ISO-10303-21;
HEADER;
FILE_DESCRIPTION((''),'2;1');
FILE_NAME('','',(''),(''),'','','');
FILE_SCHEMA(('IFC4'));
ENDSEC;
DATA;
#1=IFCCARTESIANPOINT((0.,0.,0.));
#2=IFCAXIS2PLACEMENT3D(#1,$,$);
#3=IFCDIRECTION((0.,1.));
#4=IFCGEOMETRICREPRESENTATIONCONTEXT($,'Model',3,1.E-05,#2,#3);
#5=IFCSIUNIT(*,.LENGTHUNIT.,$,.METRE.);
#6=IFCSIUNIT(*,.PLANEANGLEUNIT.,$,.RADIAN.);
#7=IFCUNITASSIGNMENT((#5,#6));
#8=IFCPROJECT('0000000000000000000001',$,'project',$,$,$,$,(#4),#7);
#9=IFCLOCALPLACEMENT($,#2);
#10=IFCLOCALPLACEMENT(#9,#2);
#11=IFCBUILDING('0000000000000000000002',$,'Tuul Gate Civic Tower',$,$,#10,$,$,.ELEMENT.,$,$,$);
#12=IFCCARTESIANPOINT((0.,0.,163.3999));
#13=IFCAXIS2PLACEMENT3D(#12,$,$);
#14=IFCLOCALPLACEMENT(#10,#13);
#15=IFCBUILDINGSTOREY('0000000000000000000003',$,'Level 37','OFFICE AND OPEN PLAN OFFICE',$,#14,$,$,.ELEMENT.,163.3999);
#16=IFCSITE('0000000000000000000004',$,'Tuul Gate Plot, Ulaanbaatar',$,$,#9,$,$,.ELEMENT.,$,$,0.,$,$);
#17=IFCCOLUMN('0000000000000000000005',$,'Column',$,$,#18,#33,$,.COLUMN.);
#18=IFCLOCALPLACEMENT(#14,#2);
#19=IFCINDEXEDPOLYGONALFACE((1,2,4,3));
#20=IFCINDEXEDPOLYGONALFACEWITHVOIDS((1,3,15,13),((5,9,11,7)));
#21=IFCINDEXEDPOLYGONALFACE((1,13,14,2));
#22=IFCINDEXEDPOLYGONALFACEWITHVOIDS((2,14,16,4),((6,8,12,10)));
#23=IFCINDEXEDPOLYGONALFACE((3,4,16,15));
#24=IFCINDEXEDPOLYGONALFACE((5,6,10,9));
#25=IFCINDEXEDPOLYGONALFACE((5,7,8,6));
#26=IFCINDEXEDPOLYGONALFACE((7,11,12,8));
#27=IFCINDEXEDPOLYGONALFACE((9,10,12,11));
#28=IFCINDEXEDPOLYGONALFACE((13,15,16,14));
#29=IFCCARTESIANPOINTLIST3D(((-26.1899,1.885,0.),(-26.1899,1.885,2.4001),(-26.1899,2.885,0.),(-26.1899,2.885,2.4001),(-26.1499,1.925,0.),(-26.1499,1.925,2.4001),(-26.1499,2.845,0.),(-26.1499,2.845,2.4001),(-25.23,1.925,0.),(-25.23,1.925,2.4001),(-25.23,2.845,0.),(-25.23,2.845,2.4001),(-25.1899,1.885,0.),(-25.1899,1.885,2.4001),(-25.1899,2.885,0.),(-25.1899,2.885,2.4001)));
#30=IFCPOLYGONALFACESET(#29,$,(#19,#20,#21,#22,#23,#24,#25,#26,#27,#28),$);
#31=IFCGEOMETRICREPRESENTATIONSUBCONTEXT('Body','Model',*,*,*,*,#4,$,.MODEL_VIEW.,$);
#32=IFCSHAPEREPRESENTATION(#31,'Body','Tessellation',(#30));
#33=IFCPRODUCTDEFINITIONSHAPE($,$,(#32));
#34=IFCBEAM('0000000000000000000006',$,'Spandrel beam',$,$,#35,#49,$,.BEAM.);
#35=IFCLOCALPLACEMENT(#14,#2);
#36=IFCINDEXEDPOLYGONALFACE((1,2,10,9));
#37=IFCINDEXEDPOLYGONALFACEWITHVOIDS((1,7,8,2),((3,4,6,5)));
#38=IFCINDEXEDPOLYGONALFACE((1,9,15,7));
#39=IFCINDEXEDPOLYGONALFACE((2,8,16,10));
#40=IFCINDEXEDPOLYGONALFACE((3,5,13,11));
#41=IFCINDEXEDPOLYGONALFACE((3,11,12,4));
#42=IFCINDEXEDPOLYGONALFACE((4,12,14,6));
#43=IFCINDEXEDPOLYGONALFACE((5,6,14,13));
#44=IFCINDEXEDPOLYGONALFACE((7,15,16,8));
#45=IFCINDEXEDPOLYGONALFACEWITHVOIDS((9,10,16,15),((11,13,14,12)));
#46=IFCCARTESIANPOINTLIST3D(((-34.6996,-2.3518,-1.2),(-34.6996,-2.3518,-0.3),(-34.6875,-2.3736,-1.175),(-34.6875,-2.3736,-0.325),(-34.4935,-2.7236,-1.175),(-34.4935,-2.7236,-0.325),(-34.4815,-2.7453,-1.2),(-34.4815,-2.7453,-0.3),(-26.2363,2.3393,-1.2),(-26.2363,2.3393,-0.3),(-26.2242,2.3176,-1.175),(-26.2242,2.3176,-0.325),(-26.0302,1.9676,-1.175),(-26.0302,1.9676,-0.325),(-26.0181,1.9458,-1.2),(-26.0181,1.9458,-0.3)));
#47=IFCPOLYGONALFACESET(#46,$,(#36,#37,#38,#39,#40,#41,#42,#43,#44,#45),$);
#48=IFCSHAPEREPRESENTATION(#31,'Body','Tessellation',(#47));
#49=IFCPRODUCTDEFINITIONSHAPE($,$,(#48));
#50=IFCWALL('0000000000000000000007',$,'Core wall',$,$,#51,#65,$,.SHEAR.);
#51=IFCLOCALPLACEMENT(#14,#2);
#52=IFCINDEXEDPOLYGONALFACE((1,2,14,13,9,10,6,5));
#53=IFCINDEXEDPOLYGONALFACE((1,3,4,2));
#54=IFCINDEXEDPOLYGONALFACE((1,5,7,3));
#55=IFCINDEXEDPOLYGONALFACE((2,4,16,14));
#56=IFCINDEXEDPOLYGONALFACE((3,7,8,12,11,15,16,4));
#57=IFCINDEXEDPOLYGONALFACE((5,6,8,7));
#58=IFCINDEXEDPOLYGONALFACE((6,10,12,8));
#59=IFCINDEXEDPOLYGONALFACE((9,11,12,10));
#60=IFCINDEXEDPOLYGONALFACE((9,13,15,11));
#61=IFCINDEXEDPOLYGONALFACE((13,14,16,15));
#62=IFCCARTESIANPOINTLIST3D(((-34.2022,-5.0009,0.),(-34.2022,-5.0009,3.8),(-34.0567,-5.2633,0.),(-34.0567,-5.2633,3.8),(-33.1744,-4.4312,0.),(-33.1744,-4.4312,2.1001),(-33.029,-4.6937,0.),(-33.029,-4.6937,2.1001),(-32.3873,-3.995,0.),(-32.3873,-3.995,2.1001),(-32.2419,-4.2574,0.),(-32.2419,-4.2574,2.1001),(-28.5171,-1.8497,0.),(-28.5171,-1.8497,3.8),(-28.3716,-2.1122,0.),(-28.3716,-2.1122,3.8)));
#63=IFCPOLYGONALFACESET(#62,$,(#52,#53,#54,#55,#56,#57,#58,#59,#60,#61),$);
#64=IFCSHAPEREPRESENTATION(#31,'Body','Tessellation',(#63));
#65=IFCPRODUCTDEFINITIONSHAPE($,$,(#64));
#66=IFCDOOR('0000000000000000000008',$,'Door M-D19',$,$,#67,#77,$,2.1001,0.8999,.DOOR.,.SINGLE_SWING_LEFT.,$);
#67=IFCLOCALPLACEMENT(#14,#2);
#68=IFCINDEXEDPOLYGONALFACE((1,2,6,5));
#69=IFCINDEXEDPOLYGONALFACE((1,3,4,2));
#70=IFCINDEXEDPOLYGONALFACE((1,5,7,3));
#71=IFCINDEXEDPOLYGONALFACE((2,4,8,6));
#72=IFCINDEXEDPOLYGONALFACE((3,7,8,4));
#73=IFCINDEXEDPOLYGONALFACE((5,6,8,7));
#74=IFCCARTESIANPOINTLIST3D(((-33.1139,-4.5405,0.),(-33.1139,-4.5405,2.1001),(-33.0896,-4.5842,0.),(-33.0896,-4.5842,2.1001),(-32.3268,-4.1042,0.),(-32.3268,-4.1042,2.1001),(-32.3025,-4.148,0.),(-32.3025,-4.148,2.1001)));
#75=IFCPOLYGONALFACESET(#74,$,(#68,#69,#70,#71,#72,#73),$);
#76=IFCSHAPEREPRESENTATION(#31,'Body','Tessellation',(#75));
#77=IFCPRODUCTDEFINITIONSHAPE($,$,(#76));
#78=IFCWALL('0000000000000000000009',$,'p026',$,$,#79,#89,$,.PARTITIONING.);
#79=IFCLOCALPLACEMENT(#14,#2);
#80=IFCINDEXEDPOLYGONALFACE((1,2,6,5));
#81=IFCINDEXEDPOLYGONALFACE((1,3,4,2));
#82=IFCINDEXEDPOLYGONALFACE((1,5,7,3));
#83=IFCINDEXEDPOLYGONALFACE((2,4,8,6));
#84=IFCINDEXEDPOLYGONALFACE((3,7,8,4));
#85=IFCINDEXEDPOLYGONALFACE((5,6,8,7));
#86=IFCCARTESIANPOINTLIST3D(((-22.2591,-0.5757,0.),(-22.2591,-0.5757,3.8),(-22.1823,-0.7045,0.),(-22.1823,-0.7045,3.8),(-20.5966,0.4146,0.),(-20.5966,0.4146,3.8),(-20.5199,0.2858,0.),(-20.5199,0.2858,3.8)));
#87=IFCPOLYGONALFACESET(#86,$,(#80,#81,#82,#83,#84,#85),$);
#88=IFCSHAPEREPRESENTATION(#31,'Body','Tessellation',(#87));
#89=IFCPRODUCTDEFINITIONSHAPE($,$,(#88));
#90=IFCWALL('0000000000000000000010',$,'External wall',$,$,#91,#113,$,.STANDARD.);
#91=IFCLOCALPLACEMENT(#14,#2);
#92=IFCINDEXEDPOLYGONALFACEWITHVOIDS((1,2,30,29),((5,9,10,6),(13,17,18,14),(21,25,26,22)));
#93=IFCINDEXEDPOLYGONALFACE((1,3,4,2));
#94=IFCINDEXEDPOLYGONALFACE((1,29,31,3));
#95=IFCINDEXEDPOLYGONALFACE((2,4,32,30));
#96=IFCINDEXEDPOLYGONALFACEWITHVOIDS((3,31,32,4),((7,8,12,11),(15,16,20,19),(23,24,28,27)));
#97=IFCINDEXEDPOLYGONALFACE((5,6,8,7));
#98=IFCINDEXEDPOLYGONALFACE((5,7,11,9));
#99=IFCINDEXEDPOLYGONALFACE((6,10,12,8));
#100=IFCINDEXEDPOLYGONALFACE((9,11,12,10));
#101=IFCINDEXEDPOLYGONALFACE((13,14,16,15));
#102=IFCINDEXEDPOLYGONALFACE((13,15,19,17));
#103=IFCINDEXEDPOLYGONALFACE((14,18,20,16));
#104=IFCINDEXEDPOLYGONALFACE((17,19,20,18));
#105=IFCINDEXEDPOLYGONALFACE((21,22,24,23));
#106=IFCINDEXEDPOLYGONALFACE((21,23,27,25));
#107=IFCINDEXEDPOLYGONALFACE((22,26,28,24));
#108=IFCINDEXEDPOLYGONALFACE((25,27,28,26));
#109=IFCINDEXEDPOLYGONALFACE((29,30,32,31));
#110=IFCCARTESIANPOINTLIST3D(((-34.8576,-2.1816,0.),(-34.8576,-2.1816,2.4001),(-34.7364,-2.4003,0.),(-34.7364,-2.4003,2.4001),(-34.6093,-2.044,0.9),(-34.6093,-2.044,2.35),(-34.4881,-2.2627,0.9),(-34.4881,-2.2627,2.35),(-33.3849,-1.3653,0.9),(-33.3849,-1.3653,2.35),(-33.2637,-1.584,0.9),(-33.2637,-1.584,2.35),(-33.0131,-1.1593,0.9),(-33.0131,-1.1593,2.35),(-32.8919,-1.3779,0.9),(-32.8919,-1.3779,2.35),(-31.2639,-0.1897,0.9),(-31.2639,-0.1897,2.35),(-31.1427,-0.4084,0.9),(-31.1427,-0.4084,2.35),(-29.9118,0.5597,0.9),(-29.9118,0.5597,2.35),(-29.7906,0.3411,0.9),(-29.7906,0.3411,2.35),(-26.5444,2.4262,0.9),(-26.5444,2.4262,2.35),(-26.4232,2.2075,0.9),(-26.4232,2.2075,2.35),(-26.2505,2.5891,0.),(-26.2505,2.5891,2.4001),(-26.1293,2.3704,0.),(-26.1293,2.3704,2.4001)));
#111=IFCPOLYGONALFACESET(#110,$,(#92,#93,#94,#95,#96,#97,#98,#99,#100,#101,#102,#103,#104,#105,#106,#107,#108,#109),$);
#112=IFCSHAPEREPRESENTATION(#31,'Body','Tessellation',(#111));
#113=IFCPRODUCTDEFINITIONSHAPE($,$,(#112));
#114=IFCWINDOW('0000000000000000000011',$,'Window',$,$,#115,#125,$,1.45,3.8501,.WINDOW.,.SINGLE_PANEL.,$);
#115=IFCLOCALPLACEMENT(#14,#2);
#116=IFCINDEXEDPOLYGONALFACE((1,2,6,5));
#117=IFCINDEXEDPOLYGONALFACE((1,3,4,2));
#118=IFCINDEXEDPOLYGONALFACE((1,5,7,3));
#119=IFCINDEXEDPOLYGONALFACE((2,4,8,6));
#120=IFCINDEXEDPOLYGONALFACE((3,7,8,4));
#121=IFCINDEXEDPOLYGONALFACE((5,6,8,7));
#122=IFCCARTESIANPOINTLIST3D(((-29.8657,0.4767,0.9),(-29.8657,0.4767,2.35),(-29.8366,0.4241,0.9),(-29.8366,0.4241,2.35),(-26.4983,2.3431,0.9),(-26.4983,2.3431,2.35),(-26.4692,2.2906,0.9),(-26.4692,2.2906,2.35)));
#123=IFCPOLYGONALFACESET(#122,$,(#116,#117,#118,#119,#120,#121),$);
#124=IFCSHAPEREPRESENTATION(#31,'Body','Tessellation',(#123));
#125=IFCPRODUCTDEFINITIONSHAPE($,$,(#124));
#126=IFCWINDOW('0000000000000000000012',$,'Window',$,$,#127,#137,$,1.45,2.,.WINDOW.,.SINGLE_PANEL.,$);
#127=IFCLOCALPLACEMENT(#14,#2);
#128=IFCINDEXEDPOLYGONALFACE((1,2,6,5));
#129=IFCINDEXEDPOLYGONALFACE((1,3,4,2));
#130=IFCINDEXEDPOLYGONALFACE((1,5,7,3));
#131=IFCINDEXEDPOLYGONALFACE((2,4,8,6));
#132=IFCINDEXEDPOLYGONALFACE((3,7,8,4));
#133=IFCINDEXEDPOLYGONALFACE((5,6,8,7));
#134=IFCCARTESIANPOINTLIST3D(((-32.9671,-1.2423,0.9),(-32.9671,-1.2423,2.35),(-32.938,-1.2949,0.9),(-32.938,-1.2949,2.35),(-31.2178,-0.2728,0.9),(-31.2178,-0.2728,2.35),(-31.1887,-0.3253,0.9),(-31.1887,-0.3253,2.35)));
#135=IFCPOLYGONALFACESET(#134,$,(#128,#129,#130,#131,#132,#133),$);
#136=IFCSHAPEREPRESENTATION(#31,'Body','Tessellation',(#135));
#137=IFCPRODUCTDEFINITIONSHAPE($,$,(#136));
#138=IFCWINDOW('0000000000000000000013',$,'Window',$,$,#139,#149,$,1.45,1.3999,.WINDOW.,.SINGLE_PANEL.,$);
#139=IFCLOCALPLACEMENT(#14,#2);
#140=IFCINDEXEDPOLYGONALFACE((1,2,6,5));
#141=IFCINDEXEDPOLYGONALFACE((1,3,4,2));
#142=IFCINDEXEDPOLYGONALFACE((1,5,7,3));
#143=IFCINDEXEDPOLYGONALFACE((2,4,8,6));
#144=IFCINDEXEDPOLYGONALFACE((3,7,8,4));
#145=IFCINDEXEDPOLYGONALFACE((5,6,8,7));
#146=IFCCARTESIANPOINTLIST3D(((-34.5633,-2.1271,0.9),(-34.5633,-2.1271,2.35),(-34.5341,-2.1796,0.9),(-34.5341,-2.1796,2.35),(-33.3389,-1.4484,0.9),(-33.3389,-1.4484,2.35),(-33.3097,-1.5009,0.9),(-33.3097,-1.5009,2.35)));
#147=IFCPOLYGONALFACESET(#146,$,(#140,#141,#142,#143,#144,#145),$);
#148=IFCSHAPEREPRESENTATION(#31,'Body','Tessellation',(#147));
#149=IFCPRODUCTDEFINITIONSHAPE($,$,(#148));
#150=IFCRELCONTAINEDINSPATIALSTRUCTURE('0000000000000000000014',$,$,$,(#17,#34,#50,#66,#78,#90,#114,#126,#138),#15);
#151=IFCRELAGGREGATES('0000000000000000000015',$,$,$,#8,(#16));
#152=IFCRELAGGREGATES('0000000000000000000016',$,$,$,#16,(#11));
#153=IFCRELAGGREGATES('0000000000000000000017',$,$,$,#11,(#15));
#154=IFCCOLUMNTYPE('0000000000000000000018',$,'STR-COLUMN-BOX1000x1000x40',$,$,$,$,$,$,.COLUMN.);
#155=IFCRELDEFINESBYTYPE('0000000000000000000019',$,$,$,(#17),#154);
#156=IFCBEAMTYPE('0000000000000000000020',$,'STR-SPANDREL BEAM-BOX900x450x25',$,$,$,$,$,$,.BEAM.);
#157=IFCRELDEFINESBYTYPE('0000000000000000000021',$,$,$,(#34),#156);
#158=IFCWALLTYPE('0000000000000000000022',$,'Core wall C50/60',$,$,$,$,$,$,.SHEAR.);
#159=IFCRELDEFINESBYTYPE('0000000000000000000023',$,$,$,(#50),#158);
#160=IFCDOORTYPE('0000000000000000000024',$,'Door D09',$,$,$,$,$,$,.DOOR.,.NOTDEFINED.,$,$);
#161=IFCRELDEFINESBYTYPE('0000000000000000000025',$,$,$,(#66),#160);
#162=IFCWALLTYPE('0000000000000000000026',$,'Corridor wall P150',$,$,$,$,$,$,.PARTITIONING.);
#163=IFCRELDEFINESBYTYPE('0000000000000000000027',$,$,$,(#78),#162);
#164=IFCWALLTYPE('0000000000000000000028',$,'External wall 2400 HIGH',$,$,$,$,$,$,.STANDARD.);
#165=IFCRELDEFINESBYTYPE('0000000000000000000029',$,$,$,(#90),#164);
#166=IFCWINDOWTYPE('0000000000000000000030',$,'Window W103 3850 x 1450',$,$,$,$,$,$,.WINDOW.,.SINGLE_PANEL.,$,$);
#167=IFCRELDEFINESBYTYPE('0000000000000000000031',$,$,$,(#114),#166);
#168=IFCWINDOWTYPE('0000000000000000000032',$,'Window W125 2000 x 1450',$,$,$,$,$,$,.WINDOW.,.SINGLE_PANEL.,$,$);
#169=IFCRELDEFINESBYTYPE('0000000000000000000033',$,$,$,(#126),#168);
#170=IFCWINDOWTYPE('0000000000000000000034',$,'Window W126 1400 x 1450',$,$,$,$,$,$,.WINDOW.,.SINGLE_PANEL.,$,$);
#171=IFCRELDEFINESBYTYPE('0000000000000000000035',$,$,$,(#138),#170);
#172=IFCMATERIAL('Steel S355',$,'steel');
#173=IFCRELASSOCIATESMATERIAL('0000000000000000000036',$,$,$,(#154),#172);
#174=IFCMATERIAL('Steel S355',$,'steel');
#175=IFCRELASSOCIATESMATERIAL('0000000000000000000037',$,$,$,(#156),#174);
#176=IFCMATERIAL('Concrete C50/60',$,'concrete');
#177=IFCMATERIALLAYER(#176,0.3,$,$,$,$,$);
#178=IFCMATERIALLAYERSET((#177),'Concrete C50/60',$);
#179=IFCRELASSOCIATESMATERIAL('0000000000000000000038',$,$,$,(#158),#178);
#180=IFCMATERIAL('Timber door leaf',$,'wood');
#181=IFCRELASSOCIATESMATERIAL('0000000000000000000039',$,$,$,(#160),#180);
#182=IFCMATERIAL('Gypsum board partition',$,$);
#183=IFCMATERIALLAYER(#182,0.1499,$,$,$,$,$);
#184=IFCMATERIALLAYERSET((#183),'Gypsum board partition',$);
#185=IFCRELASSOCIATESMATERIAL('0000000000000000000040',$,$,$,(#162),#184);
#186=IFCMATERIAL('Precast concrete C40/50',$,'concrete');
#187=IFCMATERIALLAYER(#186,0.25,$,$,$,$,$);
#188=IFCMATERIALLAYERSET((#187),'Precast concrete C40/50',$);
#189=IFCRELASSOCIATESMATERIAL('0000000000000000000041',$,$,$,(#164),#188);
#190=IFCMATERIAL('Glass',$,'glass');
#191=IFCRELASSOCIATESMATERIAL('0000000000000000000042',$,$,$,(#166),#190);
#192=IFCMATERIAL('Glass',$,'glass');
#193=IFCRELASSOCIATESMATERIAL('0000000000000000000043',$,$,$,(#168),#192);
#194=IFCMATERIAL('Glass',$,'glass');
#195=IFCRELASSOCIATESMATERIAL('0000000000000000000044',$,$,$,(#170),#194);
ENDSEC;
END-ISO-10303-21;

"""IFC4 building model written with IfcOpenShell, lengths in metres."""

from ifc_helpers import new_model, si_unit, direction, frame, frame_2d, origin, origin_2d, place, context, subcontext, project, spatial, rectangle, hollow_rectangle, extrude, material, layer, layer_set, material_profile, profile_set, type_object, element, fill, save


model = new_model("IFC4")

# Units and contexts
model_context = context("Model", 3, precision=1e-05, world=origin(), true_north=direction((0.0, 1.0)))
body_context = subcontext(model_context, "Body", "Model", "MODEL_VIEW")
ifc_project = project(units=[si_unit("LENGTHUNIT", "METRE"), si_unit("PLANEANGLEUNIT", "RADIAN")], contexts=[model_context])

# Site, building, storey
site_placement = place(None, origin())
site = spatial("IfcSite", under=ifc_project, at=site_placement, Name="Tuul Gate Plot, Ulaanbaatar", CompositionType="ELEMENT", RefElevation=0.0)
building_placement = place(site_placement, origin())
building = spatial("IfcBuilding", under=site, at=building_placement, Name="Tuul Gate Civic Tower", CompositionType="ELEMENT")
storey_placement = place(building_placement, frame((0.0, 0.0, 163.3999)))
storey = spatial("IfcBuildingStorey", under=building, at=storey_placement, Name="Level 37", Description="OFFICE AND OPEN PLAN OFFICE", CompositionType="ELEMENT", Elevation=163.3999)

# Column
ifc_material_1 = material(Name="Steel S355", Category="steel")
ifc_material_profile_1 = material_profile(ifc_material_1, hollow_rectangle(XDim=1.0, YDim=1.0, WallThickness=0.04, at=origin_2d()), Name="BOX1000x1000x40")
ifc_profile_set_1 = profile_set([ifc_material_profile_1], Name="Steel S355")
column_type = type_object("IfcColumnType", Name="STR-COLUMN-BOX1000x1000x40", PredefinedType="COLUMN", material=ifc_profile_set_1)
column_placement = place(storey_placement, frame((-25.6899, 2.385, 0.0), z_axis=(0.0, 0.0, 1.0), x_axis=(1.0, 0.0, 0.0)))
element("IfcColumn", 1, at=column_placement, inside=storey, type_object=column_type, Name="Column", PredefinedType="COLUMN", context=body_context, shape_type="SweptSolid", body=[
    extrude(hollow_rectangle(XDim=1.0, YDim=1.0, WallThickness=0.04, at=origin_2d()), origin(), (0.0, 0.0, 1.0), 2.4001),
])

# Beam
ifc_material_2 = material(Name="Steel S355", Category="steel")
ifc_material_profile_2 = material_profile(ifc_material_2, hollow_rectangle(XDim=0.45, YDim=0.8999, WallThickness=0.0249, at=origin_2d()), Name="BOX900x450x25")
ifc_profile_set_2 = profile_set([ifc_material_profile_2], Name="Steel S355")
beam_type = type_object("IfcBeamType", Name="STR-SPANDREL BEAM-BOX900x450x25", PredefinedType="BEAM", material=ifc_profile_set_2)
beam_placement = place(storey_placement, frame((-26.1272, 2.1426, -0.75), z_axis=(-0.874627, -0.484797, 0.0), x_axis=(0.484797, -0.874627, 0.0)))
element("IfcBeam", 2, at=beam_placement, inside=storey, type_object=beam_type, Name="Spandrel beam", PredefinedType="BEAM", context=body_context, shape_type="SweptSolid", body=[
    extrude(hollow_rectangle(XDim=0.45, YDim=0.8999, WallThickness=0.0249, at=origin_2d()), origin(), (0.0, 0.0, 1.0), 9.6765),
])

# Wall, opening, door
ifc_material_3 = material(Name="Concrete C50/60", Category="concrete")
ifc_layer_1 = layer(ifc_material_3, 0.3)
ifc_layer_set_1 = layer_set([ifc_layer_1], Name="Concrete C50/60")
wall_type_1 = type_object("IfcWallType", Name="Core wall C50/60", PredefinedType="SHEAR", material=ifc_layer_set_1)
wall_1_placement = place(storey_placement, frame((-28.4443, -1.981, 0.0), z_axis=(0.0, 0.0, 1.0), x_axis=(-0.87463, -0.484791, 0.0)))
wall_1 = element("IfcWall", 3, at=wall_1_placement, inside=storey, type_object=wall_type_1, Name="Core wall", PredefinedType="SHEAR", context=body_context, shape_type="SweptSolid", body=[
    extrude(rectangle(XDim=6.5, YDim=0.3, at=frame_2d((3.25, 0.0))), origin(), (0.0, 0.0, 1.0), 3.8),
])
opening_1_placement = place(wall_1_placement, frame((4.425, 0.0, 0.0)))
opening_1 = element("IfcOpeningElement", 4, at=opening_1_placement, cuts=wall_1, PredefinedType="OPENING", context=body_context, shape_type="SweptSolid", body=[
    extrude(rectangle(XDim=0.8999, YDim=2.1001, at=frame_2d((0.45, 1.05))), frame((0.0, 0.1602, 0.0), z_axis=(0.0, -1.0, 0.0), x_axis=(1.0, 0.0, 0.0)), (0.0, 0.0, 1.0), 0.3201),
])
ifc_material_4 = material(Name="Timber door leaf", Category="wood")
door_type_1 = type_object("IfcDoorType", Name="Door D09", OperationType="NOTDEFINED", PredefinedType="DOOR", material=ifc_material_4)
door_1_placement = place(opening_1_placement, origin())
door_1 = element("IfcDoor", 5, at=door_1_placement, inside=storey, type_object=door_type_1, Name="Door M-D19", OperationType="SINGLE_SWING_LEFT", OverallHeight=2.1001, OverallWidth=0.8999, PredefinedType="DOOR", context=body_context, shape_type="SweptSolid", body=[
    extrude(rectangle(XDim=0.8999, YDim=2.1001, at=frame_2d((0.45, 1.05))), frame((0.0, 0.0249, 0.0), z_axis=(0.0, -1.0, 0.0), x_axis=(1.0, 0.0, 0.0)), (0.0, 0.0, 1.0), 0.05),
])
fill(opening_1, door_1)

# Wall
ifc_material_5 = material(Name="Gypsum board partition")
ifc_layer_2 = layer(ifc_material_5, 0.1499)
ifc_layer_set_2 = layer_set([ifc_layer_2], Name="Gypsum board partition")
wall_type_2 = type_object("IfcWallType", Name="Corridor wall P150", PredefinedType="PARTITIONING", material=ifc_layer_set_2)
wall_2_placement = place(storey_placement, frame((-22.2207, -0.6401, 0.0), z_axis=(0.0, 0.0, 1.0), x_axis=(0.859125, 0.511766, 0.0)))
element("IfcWall", 6, at=wall_2_placement, inside=storey, type_object=wall_type_2, Name="p026", PredefinedType="PARTITIONING", context=body_context, shape_type="SweptSolid", body=[
    extrude(rectangle(XDim=1.9351, YDim=0.1499, at=frame_2d((0.9675, 0.0))), origin(), (0.0, 0.0, 1.0), 3.8),
])

# Wall, openings, windows
ifc_material_6 = material(Name="Precast concrete C40/50", Category="concrete")
ifc_layer_3 = layer(ifc_material_6, 0.25)
ifc_layer_set_3 = layer_set([ifc_layer_3], Name="Precast concrete C40/50")
wall_type_3 = type_object("IfcWallType", Name="External wall 2400 HIGH", PredefinedType="STANDARD", material=ifc_layer_set_3)
wall_3_placement = place(storey_placement, frame((-26.1899, 2.4797, 0.0), z_axis=(0.0, 0.0, 1.0), x_axis=(-0.874632, -0.484787, 0.0)))
wall_3 = element("IfcWall", 7, at=wall_3_placement, inside=storey, type_object=wall_type_3, Name="External wall", PredefinedType="STANDARD", context=body_context, shape_type="SweptSolid", body=[
    extrude(rectangle(XDim=9.8408, YDim=0.25, at=frame_2d((4.9204, 0.0))), origin(), (0.0, 0.0, 1.0), 2.4001),
])
opening_2_placement = place(wall_3_placement, frame((0.3359, 0.0, 0.8999)))
opening_2 = element("IfcOpeningElement", 8, at=opening_2_placement, cuts=wall_3, PredefinedType="OPENING", context=body_context, shape_type="SweptSolid", body=[
    extrude(rectangle(XDim=3.8501, YDim=1.45, at=frame_2d((1.925, 0.7251))), frame((0.0, 0.135, 0.0), z_axis=(0.0, -1.0, 0.0), x_axis=(1.0, 0.0, 0.0)), (0.0, 0.0, 1.0), 0.27),
])
opening_3_placement = place(wall_3_placement, frame((5.7319, 0.0, 0.8999)))
opening_3 = element("IfcOpeningElement", 9, at=opening_3_placement, cuts=wall_3, PredefinedType="OPENING", context=body_context, shape_type="SweptSolid", body=[
    extrude(rectangle(XDim=2.0, YDim=1.45, at=frame_2d((1.0, 0.7251))), frame((0.0, 0.135, 0.0), z_axis=(0.0, -1.0, 0.0), x_axis=(1.0, 0.0, 0.0)), (0.0, 0.0, 1.0), 0.27),
])
opening_4_placement = place(wall_3_placement, frame((8.157, 0.0, 0.8999)))
opening_4 = element("IfcOpeningElement", 10, at=opening_4_placement, cuts=wall_3, PredefinedType="OPENING", context=body_context, shape_type="SweptSolid", body=[
    extrude(rectangle(XDim=1.3999, YDim=1.45, at=frame_2d((0.7, 0.7251))), frame((0.0, 0.135, 0.0), z_axis=(0.0, -1.0, 0.0), x_axis=(1.0, 0.0, 0.0)), (0.0, 0.0, 1.0), 0.27),
])
ifc_material_7 = material(Name="Glass", Category="glass")
window_type_1 = type_object("IfcWindowType", Name="Window W103 3850 x 1450", PartitioningType="SINGLE_PANEL", PredefinedType="WINDOW", material=ifc_material_7)
window_1_placement = place(opening_2_placement, origin())
window_1 = element("IfcWindow", 11, at=window_1_placement, inside=storey, type_object=window_type_1, Name="Window", OverallHeight=1.45, OverallWidth=3.8501, PartitioningType="SINGLE_PANEL", PredefinedType="WINDOW", context=body_context, shape_type="SweptSolid", body=[
    extrude(rectangle(XDim=3.8501, YDim=1.45, at=frame_2d((1.925, 0.7251))), frame((0.0, 0.03, 0.0), z_axis=(0.0, -1.0, 0.0), x_axis=(1.0, 0.0, 0.0)), (0.0, 0.0, 1.0), 0.0601),
])
fill(opening_2, window_1)
ifc_material_8 = material(Name="Glass", Category="glass")
window_type_2 = type_object("IfcWindowType", Name="Window W125 2000 x 1450", PartitioningType="SINGLE_PANEL", PredefinedType="WINDOW", material=ifc_material_8)
window_2_placement = place(opening_3_placement, origin())
window_2 = element("IfcWindow", 12, at=window_2_placement, inside=storey, type_object=window_type_2, Name="Window", OverallHeight=1.45, OverallWidth=2.0, PartitioningType="SINGLE_PANEL", PredefinedType="WINDOW", context=body_context, shape_type="SweptSolid", body=[
    extrude(rectangle(XDim=2.0, YDim=1.45, at=frame_2d((1.0, 0.7251))), frame((0.0, 0.03, 0.0), z_axis=(0.0, -1.0, 0.0), x_axis=(1.0, 0.0, 0.0)), (0.0, 0.0, 1.0), 0.0601),
])
fill(opening_3, window_2)
ifc_material_9 = material(Name="Glass", Category="glass")
window_type_3 = type_object("IfcWindowType", Name="Window W126 1400 x 1450", PartitioningType="SINGLE_PANEL", PredefinedType="WINDOW", material=ifc_material_9)
window_3_placement = place(opening_4_placement, origin())
window_3 = element("IfcWindow", 13, at=window_3_placement, inside=storey, type_object=window_type_3, Name="Window", OverallHeight=1.45, OverallWidth=1.3999, PartitioningType="SINGLE_PANEL", PredefinedType="WINDOW", context=body_context, shape_type="SweptSolid", body=[
    extrude(rectangle(XDim=1.3999, YDim=1.45, at=frame_2d((0.7, 0.7251))), frame((0.0, 0.03, 0.0), z_axis=(0.0, -1.0, 0.0), x_axis=(1.0, 0.0, 0.0)), (0.0, 0.0, 1.0), 0.0601),
])
fill(opening_4, window_3)

save(model, "model.ifc")
